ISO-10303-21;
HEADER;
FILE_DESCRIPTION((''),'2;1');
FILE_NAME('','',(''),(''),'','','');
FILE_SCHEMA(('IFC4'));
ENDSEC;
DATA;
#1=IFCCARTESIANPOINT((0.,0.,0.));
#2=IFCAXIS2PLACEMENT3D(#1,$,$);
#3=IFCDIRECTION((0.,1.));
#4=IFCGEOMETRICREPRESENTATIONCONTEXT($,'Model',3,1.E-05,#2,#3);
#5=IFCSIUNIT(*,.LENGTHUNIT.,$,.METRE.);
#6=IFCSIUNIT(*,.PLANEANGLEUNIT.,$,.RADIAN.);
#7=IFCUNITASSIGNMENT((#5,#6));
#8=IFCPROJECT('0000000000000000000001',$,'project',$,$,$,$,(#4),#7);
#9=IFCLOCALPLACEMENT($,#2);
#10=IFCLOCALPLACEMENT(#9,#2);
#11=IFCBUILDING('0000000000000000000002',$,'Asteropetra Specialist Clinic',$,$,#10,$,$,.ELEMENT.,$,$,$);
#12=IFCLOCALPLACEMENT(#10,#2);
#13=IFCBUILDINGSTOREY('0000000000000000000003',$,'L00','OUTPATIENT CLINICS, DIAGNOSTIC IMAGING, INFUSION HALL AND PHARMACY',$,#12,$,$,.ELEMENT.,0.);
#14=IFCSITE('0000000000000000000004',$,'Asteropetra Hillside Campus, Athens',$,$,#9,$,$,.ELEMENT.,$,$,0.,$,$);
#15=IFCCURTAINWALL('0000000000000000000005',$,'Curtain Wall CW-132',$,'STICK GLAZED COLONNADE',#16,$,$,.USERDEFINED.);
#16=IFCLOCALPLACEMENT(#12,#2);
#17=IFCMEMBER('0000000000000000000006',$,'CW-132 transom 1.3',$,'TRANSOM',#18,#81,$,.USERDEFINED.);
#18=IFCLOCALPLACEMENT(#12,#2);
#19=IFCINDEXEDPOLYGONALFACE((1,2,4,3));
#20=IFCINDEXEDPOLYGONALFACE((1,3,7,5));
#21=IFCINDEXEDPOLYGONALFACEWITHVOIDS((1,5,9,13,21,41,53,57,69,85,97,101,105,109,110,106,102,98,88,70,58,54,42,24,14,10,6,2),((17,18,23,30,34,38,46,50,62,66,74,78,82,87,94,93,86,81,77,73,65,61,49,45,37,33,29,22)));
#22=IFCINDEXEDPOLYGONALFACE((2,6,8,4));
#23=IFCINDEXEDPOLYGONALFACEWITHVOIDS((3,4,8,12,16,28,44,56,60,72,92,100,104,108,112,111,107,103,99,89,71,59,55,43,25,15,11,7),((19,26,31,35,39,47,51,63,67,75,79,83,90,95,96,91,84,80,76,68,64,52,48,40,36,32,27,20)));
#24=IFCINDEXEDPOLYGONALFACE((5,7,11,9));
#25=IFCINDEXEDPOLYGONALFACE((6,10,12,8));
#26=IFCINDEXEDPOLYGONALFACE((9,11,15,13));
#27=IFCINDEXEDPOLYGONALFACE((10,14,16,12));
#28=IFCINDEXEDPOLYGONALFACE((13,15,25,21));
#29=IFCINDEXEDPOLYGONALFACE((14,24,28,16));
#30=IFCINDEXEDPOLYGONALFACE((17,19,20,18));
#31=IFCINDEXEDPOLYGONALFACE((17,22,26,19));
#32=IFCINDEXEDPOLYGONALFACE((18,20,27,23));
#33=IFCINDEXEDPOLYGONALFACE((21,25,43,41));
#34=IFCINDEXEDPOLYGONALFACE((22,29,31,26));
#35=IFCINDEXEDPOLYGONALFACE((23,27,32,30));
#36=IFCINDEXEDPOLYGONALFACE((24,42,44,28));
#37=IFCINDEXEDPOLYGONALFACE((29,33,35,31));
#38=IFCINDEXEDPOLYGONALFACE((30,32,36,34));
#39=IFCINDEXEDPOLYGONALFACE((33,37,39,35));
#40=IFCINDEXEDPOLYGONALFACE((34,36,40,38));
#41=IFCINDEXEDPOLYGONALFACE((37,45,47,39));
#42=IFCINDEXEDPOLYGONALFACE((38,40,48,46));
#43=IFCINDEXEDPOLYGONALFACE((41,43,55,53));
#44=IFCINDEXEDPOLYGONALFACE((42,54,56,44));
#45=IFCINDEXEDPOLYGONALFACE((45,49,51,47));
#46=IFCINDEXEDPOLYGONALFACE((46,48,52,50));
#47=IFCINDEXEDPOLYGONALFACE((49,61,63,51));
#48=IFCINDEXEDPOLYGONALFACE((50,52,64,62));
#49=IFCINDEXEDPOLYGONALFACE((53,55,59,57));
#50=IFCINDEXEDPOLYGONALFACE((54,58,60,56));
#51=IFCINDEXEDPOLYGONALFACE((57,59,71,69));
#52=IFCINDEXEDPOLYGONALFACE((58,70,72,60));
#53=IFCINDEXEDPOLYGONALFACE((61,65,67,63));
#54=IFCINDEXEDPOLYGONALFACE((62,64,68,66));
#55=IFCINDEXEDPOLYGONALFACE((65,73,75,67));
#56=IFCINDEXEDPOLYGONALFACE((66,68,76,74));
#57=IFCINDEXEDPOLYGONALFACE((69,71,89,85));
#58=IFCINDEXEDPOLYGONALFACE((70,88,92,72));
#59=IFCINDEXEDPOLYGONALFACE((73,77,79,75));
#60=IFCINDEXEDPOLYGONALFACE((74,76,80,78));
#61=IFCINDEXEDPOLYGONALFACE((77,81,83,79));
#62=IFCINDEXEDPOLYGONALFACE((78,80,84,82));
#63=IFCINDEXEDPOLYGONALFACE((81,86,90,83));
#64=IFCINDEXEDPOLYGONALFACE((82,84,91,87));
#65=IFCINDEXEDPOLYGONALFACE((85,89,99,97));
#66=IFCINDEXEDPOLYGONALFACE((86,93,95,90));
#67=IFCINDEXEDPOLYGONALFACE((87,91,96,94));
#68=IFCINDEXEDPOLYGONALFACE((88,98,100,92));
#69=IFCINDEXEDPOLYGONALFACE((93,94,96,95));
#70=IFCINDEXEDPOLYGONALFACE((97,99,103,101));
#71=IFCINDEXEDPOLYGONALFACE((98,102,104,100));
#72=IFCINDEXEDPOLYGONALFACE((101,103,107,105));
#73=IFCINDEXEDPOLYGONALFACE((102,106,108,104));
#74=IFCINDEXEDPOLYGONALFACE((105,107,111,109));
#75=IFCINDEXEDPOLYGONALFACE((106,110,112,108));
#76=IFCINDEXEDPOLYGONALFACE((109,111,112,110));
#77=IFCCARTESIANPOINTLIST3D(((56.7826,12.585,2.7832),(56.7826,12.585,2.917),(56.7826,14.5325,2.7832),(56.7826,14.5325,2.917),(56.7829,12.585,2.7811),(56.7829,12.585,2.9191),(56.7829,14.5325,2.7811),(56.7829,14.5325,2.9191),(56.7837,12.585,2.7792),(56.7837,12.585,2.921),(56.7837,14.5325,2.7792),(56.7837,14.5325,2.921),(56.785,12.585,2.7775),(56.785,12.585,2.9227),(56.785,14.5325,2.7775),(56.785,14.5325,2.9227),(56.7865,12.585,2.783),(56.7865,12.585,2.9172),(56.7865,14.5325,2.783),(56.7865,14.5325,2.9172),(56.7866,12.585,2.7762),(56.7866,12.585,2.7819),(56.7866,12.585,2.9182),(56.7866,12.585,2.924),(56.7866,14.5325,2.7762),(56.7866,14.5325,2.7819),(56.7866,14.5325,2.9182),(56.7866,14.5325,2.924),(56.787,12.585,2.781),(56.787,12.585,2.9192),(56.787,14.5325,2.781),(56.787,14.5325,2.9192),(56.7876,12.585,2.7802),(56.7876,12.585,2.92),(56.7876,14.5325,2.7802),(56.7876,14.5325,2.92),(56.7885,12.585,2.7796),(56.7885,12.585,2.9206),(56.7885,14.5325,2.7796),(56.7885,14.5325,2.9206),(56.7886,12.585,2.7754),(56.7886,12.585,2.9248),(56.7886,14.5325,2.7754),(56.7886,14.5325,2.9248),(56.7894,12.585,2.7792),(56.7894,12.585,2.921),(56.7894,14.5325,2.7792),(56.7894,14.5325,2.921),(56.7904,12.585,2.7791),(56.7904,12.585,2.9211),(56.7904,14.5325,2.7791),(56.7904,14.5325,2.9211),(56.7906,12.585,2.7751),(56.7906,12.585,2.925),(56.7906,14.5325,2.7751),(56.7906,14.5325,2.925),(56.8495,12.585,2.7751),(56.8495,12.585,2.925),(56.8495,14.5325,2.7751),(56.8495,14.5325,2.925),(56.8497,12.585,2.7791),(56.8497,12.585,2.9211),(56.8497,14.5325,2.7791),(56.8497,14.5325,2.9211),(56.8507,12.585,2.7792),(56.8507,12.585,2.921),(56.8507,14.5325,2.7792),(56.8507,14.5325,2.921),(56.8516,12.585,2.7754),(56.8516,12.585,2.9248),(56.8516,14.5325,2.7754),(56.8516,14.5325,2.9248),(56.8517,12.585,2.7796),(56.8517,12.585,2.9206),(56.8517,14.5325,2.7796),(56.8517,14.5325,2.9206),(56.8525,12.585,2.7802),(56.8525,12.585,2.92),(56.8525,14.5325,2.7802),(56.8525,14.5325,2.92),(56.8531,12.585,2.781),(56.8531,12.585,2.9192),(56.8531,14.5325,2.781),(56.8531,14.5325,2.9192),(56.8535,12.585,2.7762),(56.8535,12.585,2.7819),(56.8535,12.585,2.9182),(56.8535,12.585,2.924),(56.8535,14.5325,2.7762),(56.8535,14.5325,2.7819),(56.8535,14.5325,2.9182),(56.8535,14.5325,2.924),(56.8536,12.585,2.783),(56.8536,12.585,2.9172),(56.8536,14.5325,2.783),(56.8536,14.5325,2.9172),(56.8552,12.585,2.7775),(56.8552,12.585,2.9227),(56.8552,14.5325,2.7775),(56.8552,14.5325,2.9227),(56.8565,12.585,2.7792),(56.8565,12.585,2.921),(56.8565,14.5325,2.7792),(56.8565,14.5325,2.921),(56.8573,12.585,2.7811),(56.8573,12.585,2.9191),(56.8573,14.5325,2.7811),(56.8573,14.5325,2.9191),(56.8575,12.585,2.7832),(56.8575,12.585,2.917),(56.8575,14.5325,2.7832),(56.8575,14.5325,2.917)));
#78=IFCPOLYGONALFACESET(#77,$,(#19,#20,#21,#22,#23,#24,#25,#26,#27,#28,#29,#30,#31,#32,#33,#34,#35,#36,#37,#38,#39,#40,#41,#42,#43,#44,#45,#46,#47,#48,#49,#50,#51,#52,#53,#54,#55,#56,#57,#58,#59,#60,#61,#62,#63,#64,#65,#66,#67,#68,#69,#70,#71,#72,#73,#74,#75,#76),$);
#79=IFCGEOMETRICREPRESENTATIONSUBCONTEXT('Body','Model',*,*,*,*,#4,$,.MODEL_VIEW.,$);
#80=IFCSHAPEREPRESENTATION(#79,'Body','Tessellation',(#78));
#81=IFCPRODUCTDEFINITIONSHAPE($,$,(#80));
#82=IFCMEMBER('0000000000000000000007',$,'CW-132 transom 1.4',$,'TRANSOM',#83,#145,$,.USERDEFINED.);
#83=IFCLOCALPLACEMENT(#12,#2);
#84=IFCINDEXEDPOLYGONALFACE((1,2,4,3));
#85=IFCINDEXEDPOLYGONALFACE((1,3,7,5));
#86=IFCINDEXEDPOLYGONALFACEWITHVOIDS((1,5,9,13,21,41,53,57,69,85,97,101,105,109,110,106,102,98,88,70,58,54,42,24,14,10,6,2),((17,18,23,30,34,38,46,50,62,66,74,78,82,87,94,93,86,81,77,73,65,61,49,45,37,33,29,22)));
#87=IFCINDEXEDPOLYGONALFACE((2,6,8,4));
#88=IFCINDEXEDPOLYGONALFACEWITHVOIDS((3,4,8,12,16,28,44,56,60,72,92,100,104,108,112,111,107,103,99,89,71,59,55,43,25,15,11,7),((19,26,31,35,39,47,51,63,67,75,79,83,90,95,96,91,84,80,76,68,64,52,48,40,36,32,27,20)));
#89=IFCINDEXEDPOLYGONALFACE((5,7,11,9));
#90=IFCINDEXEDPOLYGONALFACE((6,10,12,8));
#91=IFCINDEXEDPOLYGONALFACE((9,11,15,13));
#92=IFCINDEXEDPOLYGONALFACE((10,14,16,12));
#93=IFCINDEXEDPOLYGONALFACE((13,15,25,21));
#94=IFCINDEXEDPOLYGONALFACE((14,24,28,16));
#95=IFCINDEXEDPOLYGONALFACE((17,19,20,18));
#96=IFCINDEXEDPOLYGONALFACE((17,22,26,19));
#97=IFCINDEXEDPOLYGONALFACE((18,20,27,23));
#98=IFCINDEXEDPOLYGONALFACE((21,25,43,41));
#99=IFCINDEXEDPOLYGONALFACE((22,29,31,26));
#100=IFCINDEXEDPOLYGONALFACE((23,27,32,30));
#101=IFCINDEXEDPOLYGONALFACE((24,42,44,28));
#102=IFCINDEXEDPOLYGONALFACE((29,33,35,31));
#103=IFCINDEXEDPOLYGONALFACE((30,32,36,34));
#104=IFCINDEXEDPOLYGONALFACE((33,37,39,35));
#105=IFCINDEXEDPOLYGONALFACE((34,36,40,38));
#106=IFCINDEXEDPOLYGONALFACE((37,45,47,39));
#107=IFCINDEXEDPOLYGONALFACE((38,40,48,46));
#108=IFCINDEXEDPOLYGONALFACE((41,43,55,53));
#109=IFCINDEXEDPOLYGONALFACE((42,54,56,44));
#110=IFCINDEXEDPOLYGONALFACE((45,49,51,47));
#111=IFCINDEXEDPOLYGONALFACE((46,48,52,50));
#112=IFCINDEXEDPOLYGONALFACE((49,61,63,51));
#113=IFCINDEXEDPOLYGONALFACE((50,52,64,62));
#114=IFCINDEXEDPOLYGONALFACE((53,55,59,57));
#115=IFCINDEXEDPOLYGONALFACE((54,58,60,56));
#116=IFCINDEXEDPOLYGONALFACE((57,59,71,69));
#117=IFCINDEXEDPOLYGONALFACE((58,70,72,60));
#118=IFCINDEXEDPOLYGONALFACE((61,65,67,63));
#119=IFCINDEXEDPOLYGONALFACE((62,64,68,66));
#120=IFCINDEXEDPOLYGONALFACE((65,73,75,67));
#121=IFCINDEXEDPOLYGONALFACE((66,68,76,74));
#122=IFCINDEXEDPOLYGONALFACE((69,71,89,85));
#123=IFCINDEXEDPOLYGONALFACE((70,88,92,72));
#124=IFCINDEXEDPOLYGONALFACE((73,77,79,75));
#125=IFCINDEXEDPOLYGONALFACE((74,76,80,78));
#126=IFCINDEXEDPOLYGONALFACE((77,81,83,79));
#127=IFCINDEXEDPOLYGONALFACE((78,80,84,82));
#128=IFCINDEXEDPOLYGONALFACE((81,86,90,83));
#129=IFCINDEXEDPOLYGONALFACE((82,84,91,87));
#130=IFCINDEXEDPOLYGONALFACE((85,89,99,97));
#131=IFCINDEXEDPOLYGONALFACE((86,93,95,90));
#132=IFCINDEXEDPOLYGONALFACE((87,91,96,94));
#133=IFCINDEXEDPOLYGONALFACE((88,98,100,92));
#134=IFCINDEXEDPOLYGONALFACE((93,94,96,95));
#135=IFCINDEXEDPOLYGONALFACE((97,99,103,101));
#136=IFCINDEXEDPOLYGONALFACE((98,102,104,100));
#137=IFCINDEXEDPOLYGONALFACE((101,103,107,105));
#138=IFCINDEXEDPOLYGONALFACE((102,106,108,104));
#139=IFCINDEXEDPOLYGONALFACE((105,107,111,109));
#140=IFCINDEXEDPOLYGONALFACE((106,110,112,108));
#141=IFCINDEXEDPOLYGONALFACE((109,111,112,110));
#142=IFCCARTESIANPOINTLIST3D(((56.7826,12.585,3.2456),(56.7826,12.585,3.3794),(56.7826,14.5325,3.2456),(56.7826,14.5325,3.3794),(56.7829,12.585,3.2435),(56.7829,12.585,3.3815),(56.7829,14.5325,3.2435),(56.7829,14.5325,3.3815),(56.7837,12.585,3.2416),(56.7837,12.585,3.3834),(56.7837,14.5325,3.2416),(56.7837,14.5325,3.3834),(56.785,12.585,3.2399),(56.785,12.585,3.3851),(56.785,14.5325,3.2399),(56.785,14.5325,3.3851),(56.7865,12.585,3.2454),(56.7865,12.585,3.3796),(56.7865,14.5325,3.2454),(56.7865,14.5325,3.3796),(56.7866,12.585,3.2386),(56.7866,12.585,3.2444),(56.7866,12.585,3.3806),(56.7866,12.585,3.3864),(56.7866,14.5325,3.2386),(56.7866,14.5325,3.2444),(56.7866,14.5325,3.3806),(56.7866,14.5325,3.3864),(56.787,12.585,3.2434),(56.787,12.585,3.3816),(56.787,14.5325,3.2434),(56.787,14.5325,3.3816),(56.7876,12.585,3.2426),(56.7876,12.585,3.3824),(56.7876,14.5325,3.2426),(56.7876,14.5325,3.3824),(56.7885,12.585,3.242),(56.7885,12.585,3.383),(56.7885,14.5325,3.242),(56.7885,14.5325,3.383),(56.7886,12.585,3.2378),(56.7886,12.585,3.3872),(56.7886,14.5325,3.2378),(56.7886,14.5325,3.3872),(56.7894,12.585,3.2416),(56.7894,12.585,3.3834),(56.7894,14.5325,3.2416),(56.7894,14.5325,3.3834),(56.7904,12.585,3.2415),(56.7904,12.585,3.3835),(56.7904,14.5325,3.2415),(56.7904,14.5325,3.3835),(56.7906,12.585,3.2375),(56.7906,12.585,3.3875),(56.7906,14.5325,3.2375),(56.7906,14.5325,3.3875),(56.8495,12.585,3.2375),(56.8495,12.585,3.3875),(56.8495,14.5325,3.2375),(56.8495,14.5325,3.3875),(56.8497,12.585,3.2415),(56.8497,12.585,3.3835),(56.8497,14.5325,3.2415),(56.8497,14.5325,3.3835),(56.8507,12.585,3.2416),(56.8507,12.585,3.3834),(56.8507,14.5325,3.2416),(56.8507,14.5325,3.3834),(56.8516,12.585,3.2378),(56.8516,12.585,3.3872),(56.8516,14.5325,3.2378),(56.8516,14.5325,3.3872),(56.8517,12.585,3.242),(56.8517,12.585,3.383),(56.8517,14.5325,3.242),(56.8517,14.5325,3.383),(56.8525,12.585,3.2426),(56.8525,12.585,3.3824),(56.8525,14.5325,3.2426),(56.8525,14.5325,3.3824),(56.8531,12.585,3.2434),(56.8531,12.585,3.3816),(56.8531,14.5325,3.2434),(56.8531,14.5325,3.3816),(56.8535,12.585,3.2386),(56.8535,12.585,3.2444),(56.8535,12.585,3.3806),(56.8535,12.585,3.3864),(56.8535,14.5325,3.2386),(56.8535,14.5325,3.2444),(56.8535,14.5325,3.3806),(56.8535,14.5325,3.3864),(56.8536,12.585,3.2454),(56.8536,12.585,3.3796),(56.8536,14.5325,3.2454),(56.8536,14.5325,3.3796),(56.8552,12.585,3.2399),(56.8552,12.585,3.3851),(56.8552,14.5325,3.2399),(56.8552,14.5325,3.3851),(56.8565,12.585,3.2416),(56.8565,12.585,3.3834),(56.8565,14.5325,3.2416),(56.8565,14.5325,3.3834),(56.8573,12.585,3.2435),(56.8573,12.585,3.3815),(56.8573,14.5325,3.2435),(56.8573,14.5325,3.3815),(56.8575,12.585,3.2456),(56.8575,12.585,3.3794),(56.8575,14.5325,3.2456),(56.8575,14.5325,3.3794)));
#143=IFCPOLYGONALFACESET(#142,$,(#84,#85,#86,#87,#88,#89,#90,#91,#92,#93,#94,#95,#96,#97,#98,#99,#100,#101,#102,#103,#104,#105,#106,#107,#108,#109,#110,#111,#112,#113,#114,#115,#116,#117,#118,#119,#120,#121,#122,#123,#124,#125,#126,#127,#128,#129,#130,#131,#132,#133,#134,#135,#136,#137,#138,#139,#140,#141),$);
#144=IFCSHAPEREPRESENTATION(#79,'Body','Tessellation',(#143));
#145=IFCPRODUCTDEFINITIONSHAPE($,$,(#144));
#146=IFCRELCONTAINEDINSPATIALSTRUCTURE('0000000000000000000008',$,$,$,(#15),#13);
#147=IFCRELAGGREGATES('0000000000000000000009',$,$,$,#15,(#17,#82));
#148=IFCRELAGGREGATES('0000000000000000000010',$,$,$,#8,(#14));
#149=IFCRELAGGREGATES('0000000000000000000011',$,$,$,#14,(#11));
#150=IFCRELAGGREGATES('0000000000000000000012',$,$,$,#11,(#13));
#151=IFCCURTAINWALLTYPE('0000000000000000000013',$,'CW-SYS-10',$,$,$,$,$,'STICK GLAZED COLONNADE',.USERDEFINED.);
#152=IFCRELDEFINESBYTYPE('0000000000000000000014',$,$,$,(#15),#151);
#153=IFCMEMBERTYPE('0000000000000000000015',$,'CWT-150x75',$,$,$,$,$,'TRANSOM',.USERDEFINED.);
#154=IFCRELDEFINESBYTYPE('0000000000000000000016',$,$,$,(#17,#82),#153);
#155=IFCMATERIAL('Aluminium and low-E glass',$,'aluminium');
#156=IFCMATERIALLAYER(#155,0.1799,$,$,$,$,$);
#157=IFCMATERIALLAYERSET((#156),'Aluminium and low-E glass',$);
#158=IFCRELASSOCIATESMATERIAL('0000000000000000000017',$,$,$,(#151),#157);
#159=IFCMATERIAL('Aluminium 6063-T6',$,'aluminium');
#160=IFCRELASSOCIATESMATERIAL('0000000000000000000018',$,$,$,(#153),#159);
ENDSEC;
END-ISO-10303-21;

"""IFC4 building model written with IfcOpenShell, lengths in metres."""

from ifc_helpers import new_model, si_unit, direction, frame, origin, origin_2d, place, context, subcontext, project, spatial, hollow_rectangle, extrude, material, layer, layer_set, material_profile, profile_set, type_object, element, aggregate, save


model = new_model("IFC4")

# Units and contexts
model_context = context("Model", 3, precision=1e-05, world=origin(), true_north=direction((0.0, 1.0)))
body_context = subcontext(model_context, "Body", "Model", "MODEL_VIEW")
ifc_project = project(units=[si_unit("LENGTHUNIT", "METRE"), si_unit("PLANEANGLEUNIT", "RADIAN")], contexts=[model_context])

# Site, building, storey
site_placement = place(None, origin())
site = spatial("IfcSite", under=ifc_project, at=site_placement, Name="Asteropetra Hillside Campus, Athens", CompositionType="ELEMENT", RefElevation=0.0)
building_placement = place(site_placement, origin())
building = spatial("IfcBuilding", under=site, at=building_placement, Name="Asteropetra Specialist Clinic", CompositionType="ELEMENT")
storey_placement = place(building_placement, origin())
storey = spatial("IfcBuildingStorey", under=building, at=storey_placement, Name="L00", Description="OUTPATIENT CLINICS, DIAGNOSTIC IMAGING, INFUSION HALL AND PHARMACY", CompositionType="ELEMENT", Elevation=0.0)

# Curtain wall, members
ifc_material_1 = material(Name="Aluminium and low-E glass", Category="aluminium")
ifc_layer_1 = layer(ifc_material_1, 0.1799)
ifc_layer_set_1 = layer_set([ifc_layer_1], Name="Aluminium and low-E glass")
curtain_wall_type = type_object("IfcCurtainWallType", Name="CW-SYS-10", ElementType="STICK GLAZED COLONNADE", PredefinedType="USERDEFINED", material=ifc_layer_set_1)
curtain_wall_placement = place(storey_placement, origin())
curtain_wall = element("IfcCurtainWall", 1, at=curtain_wall_placement, inside=storey, type_object=curtain_wall_type, Name="Curtain Wall CW-132", ObjectType="STICK GLAZED COLONNADE", PredefinedType="USERDEFINED")
ifc_material_2 = material(Name="Aluminium 6063-T6", Category="aluminium")
ifc_material_profile_1 = material_profile(ifc_material_2, hollow_rectangle(XDim=0.075, YDim=0.1499, WallThickness=0.0039, InnerFilletRadius=0.0039, OuterFilletRadius=0.0081, at=origin_2d()), Name="TRN 150x75x4.0")
ifc_profile_set_1 = profile_set([ifc_material_profile_1], Name="Aluminium 6063-T6")
member_type_1 = type_object("IfcMemberType", Name="CWT-150x75", ElementType="TRANSOM", PredefinedType="USERDEFINED", material=ifc_profile_set_1)
member_1_placement = place(storey_placement, frame((56.8201, 12.585, 2.8501), z_axis=(0.0, 1.0, 0.0), x_axis=(-1.0, 0.0, 0.0)))
member_1 = element("IfcMember", 2, at=member_1_placement, type_object=member_type_1, Name="CW-132 transom 1.3", ObjectType="TRANSOM", PredefinedType="USERDEFINED", context=body_context, shape_type="SweptSolid", body=[
    extrude(hollow_rectangle(XDim=0.075, YDim=0.1499, WallThickness=0.0039, InnerFilletRadius=0.0039, OuterFilletRadius=0.0081, at=origin_2d()), origin(), (0.0, 0.0, 1.0), 1.9475),
])
member_2_placement = place(storey_placement, frame((56.8201, 12.585, 3.3125), z_axis=(0.0, 1.0, 0.0), x_axis=(-1.0, 0.0, 0.0)))
member_2 = element("IfcMember", 3, at=member_2_placement, type_object=member_type_1, Name="CW-132 transom 1.4", ObjectType="TRANSOM", PredefinedType="USERDEFINED", context=body_context, shape_type="SweptSolid", body=[
    extrude(hollow_rectangle(XDim=0.075, YDim=0.1499, WallThickness=0.0039, InnerFilletRadius=0.0039, OuterFilletRadius=0.0081, at=origin_2d()), origin(), (0.0, 0.0, 1.0), 1.9475),
])

aggregate(curtain_wall, [member_1, member_2])

save(model, "model.ifc")
